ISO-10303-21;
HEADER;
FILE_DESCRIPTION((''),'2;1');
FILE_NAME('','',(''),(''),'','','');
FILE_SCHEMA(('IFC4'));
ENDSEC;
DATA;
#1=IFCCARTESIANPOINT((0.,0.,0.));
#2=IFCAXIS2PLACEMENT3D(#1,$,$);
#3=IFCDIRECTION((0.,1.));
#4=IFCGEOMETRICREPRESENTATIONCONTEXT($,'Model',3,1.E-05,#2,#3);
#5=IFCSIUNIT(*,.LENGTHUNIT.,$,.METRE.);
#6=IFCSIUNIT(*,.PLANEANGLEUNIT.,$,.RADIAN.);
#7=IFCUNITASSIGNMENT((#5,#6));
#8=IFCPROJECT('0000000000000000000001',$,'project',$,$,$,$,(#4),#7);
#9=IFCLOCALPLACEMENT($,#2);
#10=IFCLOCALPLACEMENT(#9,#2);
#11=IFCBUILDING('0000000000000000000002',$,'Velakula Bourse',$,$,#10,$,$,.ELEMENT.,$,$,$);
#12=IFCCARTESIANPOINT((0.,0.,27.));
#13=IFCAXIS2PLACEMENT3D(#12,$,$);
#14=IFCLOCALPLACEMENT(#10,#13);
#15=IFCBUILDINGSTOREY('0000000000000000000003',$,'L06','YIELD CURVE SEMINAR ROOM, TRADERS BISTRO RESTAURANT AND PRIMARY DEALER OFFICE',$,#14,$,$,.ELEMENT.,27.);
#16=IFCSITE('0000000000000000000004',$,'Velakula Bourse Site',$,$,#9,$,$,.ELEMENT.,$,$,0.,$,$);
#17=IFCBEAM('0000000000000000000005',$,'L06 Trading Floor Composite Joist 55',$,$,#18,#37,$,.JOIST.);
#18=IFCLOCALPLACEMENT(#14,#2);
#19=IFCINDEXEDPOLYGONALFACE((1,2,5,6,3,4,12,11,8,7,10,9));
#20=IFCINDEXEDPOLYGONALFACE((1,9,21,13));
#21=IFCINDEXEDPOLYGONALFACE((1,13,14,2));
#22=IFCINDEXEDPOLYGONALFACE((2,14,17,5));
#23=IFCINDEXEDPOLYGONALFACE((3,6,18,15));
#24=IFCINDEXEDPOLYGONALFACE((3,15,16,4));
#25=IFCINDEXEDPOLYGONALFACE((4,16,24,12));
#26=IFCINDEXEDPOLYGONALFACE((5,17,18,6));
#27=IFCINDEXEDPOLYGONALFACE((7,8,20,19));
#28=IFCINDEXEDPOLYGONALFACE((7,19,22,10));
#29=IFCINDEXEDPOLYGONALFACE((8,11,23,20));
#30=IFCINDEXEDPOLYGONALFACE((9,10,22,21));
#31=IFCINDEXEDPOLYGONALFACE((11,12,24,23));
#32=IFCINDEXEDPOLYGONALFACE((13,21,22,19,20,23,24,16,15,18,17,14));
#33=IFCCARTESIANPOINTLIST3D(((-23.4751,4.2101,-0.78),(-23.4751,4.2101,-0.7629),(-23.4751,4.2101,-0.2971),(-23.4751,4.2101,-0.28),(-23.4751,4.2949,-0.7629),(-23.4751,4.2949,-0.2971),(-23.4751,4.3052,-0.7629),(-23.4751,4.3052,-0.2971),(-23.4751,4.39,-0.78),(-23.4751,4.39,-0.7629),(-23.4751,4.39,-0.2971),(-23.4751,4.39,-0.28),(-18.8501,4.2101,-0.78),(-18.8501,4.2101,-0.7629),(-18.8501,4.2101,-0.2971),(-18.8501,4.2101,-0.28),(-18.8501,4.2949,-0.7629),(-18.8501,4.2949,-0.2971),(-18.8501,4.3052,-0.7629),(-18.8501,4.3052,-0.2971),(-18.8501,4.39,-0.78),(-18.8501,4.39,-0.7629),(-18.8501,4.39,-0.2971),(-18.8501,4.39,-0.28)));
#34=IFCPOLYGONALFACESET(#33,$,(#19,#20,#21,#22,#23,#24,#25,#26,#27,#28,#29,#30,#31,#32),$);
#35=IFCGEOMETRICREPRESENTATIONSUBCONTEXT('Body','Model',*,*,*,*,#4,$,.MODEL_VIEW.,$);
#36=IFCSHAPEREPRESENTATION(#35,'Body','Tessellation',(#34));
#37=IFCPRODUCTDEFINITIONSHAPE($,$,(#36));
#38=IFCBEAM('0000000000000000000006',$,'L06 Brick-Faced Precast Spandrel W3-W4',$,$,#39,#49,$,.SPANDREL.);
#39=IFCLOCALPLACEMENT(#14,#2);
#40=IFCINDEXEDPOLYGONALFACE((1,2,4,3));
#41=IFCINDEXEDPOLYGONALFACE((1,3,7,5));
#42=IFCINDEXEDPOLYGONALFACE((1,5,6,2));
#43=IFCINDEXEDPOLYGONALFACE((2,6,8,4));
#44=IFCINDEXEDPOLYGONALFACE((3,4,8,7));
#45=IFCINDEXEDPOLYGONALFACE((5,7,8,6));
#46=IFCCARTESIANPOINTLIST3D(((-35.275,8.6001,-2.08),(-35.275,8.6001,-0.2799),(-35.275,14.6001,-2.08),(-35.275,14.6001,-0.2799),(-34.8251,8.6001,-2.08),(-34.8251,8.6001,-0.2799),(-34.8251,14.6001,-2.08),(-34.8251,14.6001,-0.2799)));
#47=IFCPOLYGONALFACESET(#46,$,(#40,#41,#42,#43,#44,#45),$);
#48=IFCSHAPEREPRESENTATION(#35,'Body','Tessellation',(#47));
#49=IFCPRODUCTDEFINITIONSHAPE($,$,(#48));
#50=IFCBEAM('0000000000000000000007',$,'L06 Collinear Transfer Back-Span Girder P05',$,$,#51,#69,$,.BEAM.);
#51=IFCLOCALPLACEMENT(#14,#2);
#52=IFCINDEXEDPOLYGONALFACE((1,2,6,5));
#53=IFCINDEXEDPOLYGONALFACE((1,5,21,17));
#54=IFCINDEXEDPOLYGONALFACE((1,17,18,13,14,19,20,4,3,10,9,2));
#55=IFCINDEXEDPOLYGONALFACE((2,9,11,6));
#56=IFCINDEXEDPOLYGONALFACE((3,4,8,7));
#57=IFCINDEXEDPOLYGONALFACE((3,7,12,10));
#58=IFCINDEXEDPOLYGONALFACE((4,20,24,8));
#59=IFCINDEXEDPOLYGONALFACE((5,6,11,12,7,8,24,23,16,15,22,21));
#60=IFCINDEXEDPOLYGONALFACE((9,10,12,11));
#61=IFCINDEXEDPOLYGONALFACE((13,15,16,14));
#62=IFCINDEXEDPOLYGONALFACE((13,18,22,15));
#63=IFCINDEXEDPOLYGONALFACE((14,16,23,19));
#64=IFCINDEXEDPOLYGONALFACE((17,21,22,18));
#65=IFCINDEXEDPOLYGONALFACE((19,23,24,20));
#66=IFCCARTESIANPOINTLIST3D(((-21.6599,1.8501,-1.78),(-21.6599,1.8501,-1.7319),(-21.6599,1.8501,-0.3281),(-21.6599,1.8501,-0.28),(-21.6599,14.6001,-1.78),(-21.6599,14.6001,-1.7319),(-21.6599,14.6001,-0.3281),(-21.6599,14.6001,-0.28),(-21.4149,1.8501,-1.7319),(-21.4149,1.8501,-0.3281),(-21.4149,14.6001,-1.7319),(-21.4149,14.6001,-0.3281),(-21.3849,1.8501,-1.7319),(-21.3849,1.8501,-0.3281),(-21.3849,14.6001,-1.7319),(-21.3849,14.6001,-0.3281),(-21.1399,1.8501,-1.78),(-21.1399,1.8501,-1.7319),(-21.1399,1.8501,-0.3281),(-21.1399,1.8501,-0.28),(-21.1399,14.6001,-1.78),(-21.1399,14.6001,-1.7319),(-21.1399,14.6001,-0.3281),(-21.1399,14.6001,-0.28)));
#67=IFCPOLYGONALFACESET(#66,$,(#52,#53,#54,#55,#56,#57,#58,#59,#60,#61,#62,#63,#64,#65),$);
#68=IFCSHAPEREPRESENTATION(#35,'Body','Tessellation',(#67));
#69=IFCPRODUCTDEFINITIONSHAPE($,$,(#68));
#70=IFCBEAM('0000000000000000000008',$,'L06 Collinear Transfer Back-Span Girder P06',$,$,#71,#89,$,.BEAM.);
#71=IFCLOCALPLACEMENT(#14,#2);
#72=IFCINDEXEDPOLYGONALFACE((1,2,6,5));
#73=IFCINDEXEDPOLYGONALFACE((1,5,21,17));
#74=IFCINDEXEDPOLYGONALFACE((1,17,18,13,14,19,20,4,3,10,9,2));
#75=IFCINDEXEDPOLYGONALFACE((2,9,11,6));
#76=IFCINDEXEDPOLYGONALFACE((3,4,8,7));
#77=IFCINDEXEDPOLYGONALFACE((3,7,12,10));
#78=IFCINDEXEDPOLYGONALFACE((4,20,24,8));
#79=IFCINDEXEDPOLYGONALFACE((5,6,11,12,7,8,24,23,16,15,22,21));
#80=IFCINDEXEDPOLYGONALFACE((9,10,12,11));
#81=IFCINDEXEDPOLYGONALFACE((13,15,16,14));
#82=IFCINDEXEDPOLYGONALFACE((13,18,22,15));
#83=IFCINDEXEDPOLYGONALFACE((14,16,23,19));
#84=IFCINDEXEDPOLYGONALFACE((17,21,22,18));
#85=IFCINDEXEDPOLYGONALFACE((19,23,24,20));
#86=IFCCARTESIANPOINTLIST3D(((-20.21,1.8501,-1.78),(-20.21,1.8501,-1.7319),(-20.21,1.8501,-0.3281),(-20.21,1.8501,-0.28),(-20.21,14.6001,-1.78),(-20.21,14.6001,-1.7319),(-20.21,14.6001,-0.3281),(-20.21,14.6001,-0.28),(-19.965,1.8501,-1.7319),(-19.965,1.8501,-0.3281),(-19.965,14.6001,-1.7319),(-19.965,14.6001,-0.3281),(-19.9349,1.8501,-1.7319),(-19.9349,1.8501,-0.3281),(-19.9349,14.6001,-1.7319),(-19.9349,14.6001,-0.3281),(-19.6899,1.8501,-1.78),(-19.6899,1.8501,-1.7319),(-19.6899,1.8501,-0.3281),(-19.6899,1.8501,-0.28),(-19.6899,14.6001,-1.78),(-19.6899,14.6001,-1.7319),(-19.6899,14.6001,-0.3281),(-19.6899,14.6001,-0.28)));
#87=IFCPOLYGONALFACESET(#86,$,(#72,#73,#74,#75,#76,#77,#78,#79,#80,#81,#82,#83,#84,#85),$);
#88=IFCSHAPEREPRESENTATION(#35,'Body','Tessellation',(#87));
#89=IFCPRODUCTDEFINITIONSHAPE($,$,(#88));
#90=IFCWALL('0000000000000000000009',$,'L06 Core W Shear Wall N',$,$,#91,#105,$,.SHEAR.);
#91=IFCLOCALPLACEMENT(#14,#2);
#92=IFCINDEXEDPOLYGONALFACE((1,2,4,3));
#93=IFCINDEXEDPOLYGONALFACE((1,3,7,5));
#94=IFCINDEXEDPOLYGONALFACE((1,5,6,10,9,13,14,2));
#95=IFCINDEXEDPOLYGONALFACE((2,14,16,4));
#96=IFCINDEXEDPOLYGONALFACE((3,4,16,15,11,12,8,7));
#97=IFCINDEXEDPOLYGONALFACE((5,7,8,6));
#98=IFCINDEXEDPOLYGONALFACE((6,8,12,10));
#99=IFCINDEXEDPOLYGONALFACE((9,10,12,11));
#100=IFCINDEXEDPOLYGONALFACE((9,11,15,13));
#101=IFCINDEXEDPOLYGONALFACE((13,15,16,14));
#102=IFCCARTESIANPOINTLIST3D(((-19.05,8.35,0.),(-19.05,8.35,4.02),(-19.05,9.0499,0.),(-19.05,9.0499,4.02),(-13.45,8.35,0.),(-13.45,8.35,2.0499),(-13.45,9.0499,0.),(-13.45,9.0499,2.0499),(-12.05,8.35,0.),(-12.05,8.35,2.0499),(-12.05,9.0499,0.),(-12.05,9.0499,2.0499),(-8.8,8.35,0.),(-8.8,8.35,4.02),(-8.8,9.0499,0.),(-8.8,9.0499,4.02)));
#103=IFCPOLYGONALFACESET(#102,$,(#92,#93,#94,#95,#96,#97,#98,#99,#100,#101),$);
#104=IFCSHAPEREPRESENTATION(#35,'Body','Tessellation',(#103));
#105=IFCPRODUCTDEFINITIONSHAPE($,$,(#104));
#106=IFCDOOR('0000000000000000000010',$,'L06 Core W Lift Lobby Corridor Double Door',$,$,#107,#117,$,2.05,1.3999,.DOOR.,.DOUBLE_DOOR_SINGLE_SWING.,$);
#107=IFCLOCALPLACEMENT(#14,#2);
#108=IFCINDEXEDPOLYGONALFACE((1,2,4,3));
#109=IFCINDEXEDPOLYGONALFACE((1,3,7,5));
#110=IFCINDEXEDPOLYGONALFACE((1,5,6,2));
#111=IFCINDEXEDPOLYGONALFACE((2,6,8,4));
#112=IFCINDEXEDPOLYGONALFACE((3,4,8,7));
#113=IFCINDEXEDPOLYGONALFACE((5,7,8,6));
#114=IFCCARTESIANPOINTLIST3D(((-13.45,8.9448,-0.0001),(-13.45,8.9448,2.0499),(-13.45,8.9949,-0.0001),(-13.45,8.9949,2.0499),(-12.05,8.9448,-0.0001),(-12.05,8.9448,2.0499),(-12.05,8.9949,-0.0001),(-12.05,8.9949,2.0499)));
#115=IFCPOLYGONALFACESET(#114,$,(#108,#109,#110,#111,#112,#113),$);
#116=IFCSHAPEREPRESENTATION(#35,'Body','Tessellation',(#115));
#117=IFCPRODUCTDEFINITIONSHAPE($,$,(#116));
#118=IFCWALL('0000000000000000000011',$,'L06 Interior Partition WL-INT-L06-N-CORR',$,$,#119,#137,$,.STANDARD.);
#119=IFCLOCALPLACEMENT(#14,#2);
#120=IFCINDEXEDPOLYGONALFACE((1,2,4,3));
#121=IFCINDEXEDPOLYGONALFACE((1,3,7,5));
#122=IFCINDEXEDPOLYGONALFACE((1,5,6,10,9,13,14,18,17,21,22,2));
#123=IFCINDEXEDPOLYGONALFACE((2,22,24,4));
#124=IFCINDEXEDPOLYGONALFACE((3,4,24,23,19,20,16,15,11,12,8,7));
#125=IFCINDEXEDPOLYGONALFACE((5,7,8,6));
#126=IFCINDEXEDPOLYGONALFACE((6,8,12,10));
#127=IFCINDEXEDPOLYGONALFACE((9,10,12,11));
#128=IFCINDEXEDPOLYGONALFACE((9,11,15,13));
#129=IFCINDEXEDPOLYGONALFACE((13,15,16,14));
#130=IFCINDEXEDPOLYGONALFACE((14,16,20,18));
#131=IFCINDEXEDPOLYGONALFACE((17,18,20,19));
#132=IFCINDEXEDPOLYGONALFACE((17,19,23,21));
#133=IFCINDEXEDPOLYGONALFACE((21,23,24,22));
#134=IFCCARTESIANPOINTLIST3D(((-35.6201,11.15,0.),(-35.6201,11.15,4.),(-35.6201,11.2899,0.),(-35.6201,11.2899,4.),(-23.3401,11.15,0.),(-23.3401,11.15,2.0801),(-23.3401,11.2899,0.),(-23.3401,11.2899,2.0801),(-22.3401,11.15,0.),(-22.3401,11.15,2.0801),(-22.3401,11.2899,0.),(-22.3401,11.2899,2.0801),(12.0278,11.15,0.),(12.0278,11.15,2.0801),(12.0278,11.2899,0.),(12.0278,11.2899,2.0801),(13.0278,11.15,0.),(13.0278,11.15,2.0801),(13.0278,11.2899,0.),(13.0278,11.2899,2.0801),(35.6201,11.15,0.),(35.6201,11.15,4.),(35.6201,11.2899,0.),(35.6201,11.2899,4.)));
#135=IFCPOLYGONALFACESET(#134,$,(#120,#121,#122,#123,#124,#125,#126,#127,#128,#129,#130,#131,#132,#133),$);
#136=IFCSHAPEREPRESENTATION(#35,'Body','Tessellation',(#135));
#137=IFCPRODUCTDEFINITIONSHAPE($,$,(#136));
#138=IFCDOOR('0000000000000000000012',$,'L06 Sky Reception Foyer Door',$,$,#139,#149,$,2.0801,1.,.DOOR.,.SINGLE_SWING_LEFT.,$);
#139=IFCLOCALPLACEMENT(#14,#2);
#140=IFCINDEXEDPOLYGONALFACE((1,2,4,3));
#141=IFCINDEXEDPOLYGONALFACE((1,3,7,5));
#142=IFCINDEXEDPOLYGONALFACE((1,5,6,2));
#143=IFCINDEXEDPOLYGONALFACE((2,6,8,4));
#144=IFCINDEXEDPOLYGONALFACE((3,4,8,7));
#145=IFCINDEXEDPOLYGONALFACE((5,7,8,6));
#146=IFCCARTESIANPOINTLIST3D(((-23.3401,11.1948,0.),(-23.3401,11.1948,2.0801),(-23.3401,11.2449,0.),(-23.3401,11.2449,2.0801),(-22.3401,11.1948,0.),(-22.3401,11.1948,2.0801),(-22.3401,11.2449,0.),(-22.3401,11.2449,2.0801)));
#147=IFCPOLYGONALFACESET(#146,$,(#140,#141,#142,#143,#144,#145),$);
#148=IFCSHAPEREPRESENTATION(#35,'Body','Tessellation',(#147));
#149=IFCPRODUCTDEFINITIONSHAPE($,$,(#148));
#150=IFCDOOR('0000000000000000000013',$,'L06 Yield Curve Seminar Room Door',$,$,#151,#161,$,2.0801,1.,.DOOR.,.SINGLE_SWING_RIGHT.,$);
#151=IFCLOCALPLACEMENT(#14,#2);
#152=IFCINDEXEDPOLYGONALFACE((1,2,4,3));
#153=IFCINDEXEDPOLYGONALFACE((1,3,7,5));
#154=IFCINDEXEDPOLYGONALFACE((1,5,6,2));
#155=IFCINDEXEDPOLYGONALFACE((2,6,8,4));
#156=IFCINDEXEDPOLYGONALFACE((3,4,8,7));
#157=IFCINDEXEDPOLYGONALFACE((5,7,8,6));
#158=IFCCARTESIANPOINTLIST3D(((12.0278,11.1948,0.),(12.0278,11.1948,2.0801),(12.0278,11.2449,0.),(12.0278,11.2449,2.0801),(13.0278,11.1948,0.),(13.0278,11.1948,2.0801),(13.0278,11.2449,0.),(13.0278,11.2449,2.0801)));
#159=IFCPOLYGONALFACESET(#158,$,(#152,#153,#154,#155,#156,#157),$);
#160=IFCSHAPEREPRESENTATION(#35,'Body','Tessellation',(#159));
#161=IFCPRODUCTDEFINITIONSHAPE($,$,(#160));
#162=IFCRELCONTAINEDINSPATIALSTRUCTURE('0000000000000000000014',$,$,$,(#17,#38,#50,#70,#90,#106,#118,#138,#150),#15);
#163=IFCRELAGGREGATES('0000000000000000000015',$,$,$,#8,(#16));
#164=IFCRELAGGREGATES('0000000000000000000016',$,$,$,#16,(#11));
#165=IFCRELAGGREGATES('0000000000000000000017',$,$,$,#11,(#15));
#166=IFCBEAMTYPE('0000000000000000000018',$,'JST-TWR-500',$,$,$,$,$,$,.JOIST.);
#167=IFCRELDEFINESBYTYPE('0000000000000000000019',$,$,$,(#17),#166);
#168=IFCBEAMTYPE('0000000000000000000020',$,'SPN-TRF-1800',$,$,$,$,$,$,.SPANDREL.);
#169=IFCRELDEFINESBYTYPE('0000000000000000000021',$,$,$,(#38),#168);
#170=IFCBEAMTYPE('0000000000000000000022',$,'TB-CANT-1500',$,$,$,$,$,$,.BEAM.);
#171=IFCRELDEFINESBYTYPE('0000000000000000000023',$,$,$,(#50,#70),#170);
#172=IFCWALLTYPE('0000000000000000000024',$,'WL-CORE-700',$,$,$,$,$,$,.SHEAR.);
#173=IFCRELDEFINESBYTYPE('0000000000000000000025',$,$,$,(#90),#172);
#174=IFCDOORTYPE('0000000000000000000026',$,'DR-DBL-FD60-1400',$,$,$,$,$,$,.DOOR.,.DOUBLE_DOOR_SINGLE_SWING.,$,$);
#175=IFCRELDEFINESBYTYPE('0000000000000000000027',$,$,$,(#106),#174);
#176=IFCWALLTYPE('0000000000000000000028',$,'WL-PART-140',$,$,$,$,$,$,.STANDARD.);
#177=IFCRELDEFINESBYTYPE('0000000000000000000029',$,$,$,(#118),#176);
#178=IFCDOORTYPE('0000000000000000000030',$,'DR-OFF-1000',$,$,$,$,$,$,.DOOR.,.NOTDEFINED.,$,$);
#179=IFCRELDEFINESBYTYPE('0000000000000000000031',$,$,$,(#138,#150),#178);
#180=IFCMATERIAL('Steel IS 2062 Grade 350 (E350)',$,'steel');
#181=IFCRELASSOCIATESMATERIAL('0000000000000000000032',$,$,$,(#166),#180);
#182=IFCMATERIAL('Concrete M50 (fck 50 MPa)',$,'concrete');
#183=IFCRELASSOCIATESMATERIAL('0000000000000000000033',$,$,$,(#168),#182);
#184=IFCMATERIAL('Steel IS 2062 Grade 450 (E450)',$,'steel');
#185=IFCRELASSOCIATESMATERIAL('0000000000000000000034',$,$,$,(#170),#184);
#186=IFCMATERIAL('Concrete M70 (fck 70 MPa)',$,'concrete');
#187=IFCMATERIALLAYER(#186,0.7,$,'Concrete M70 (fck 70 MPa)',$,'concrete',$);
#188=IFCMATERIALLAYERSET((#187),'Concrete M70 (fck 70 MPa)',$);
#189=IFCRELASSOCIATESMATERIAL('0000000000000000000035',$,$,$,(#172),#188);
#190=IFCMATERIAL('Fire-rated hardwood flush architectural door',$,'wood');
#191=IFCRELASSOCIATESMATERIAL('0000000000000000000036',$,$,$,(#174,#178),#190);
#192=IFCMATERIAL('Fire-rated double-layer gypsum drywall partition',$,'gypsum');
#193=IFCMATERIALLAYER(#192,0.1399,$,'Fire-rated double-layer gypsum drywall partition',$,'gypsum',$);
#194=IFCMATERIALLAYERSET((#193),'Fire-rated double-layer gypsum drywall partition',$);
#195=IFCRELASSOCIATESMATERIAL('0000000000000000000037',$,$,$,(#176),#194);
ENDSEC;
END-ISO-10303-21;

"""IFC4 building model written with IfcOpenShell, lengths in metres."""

from ifc_helpers import new_model, si_unit, direction, frame, frame_2d, origin, origin_2d, place, context, subcontext, project, spatial, rectangle, i_section, extrude, material, layer, layer_set, material_profile, profile_set, type_object, element, fill, save


model = new_model("IFC4")

# Units and contexts
model_context = context("Model", 3, precision=1e-05, world=origin(), true_north=direction((0.0, 1.0)))
body_context = subcontext(model_context, "Body", "Model", "MODEL_VIEW")
ifc_project = project(units=[si_unit("LENGTHUNIT", "METRE"), si_unit("PLANEANGLEUNIT", "RADIAN")], contexts=[model_context])

# Site, building, storey
site_placement = place(None, origin())
site = spatial("IfcSite", under=ifc_project, at=site_placement, Name="Velakula Bourse Site", CompositionType="ELEMENT", RefElevation=0.0)
building_placement = place(site_placement, origin())
building = spatial("IfcBuilding", under=site, at=building_placement, Name="Velakula Bourse", CompositionType="ELEMENT")
storey_placement = place(building_placement, frame((0.0, 0.0, 27.0)))
storey = spatial("IfcBuildingStorey", under=building, at=storey_placement, Name="L06", Description="YIELD CURVE SEMINAR ROOM, TRADERS BISTRO RESTAURANT AND PRIMARY DEALER OFFICE", CompositionType="ELEMENT", Elevation=27.0)

# Shared definitions
ifc_material_1 = material(Name="Concrete M70 (fck 70 MPa)", Category="concrete")
ifc_material_2 = material(Name="Steel IS 2062 Grade 450 (E450)", Category="steel")

# Beams
ifc_material_3 = material(Name="Steel IS 2062 Grade 350 (E350)", Category="steel")
ifc_material_profile_1 = material_profile(ifc_material_3, i_section(OverallWidth=0.1799, OverallDepth=0.5, WebThickness=0.0103, FlangeThickness=0.0171, at=origin_2d()), Name="Steel IS 2062 Grade 350 (E350)")
ifc_profile_set_1 = profile_set([ifc_material_profile_1], Name="Steel IS 2062 Grade 350 (E350)")
beam_type_1 = type_object("IfcBeamType", Name="JST-TWR-500", PredefinedType="JOIST", material=ifc_profile_set_1)
beam_1_placement = place(storey_placement, frame((-23.4751, 4.3, -0.53), z_axis=(1.0, 0.0, 0.0), x_axis=(0.0, 1.0, 0.0)))
element("IfcBeam", 1, at=beam_1_placement, inside=storey, type_object=beam_type_1, Name="L06 Trading Floor Composite Joist 55", PredefinedType="JOIST", context=body_context, shape_type="SweptSolid", body=[
    extrude(i_section(OverallWidth=0.1799, OverallDepth=0.5, WebThickness=0.0103, FlangeThickness=0.0171, at=origin_2d()), origin(), (0.0, 0.0, 1.0), 4.625),
])
ifc_material_4 = material(Name="Concrete M50 (fck 50 MPa)", Category="concrete")
ifc_material_profile_2 = material_profile(ifc_material_4, rectangle(XDim=0.45, YDim=1.8, at=origin_2d()), Name="Concrete M50 (fck 50 MPa)")
ifc_profile_set_2 = profile_set([ifc_material_profile_2], Name="Concrete M50 (fck 50 MPa)")
beam_type_2 = type_object("IfcBeamType", Name="SPN-TRF-1800", PredefinedType="SPANDREL", material=ifc_profile_set_2)
beam_2_placement = place(storey_placement, frame((-35.05, 8.6001, -1.1799), z_axis=(0.0, 1.0, 0.0), x_axis=(-1.0, 0.0, 0.0)))
element("IfcBeam", 2, at=beam_2_placement, inside=storey, type_object=beam_type_2, Name="L06 Brick-Faced Precast Spandrel W3-W4", PredefinedType="SPANDREL", context=body_context, shape_type="SweptSolid", body=[
    extrude(rectangle(XDim=0.45, YDim=1.8, at=origin_2d()), origin(), (0.0, 0.0, 1.0), 6.0),
])
ifc_material_profile_3 = material_profile(ifc_material_2, i_section(OverallWidth=0.52, OverallDepth=1.5, WebThickness=0.03, FlangeThickness=0.0481, at=origin_2d()), Name="Steel IS 2062 Grade 450 (E450)")
ifc_profile_set_3 = profile_set([ifc_material_profile_3], Name="Steel IS 2062 Grade 450 (E450)")
beam_type_3 = type_object("IfcBeamType", Name="TB-CANT-1500", PredefinedType="BEAM", material=ifc_profile_set_3)
for number, where, z_axis, x_axis, name in (
    (3, (-21.3999, 1.8501, -1.03), (0.0, 1.0, 0.0), (-1.0, 0.0, 0.0), "L06 Collinear Transfer Back-Span Girder P05"),
    (4, (-19.95, 1.8501, -1.03), (0.0, 1.0, 0.0), (-1.0, 0.0, 0.0), "L06 Collinear Transfer Back-Span Girder P06"),
):
    element("IfcBeam", number, at=place(storey_placement, frame(where, z_axis=z_axis, x_axis=x_axis)), inside=storey, type_object=beam_type_3, Name=name, PredefinedType="BEAM", context=body_context, shape_type="SweptSolid", body=[
        extrude(i_section(OverallWidth=0.52, OverallDepth=1.5, WebThickness=0.03, FlangeThickness=0.0481, at=origin_2d()), origin(), (0.0, 0.0, 1.0), 12.75),
    ])

# Wall, opening, door
ifc_layer_1 = layer(ifc_material_1, 0.7, Name="Concrete M70 (fck 70 MPa)", Category="concrete")
ifc_layer_set_1 = layer_set([ifc_layer_1], Name="Concrete M70 (fck 70 MPa)")
wall_type_1 = type_object("IfcWallType", Name="WL-CORE-700", PredefinedType="SHEAR", material=ifc_layer_set_1)
wall_1_placement = place(storey_placement, frame((-19.05, 8.7, 0.0), z_axis=(0.0, 0.0, 1.0), x_axis=(1.0, 0.0, 0.0)))
wall_1 = element("IfcWall", 5, at=wall_1_placement, inside=storey, type_object=wall_type_1, Name="L06 Core W Shear Wall N", PredefinedType="SHEAR", context=body_context, shape_type="SweptSolid", body=[
    extrude(rectangle(XDim=10.25, YDim=0.7, at=frame_2d((5.125, 0.0))), origin(), (0.0, 0.0, 1.0), 4.02),
])
opening_1_placement = place(wall_1_placement, frame((5.6001, 0.0, 0.0)))
opening_1 = element("IfcOpeningElement", 6, at=opening_1_placement, cuts=wall_1, PredefinedType="OPENING", context=body_context, shape_type="SweptSolid", body=[
    extrude(rectangle(XDim=1.3999, YDim=2.05, at=frame_2d((0.7, 1.0249))), frame((0.0, 0.3599, 0.0), z_axis=(0.0, -1.0, 0.0), x_axis=(1.0, 0.0, 0.0)), (0.0, 0.0, 1.0), 0.72),
])
ifc_material_5 = material(Name="Fire-rated hardwood flush architectural door", Category="wood")
door_type_1 = type_object("IfcDoorType", Name="DR-DBL-FD60-1400", OperationType="DOUBLE_DOOR_SINGLE_SWING", PredefinedType="DOOR", material=ifc_material_5)
door_1_placement = place(opening_1_placement, origin())
door_1 = element("IfcDoor", 7, at=door_1_placement, inside=storey, type_object=door_type_1, Name="L06 Core W Lift Lobby Corridor Double Door", OperationType="DOUBLE_DOOR_SINGLE_SWING", OverallHeight=2.05, OverallWidth=1.3999, PredefinedType="DOOR", context=body_context, shape_type="SweptSolid", body=[
    extrude(rectangle(XDim=1.3999, YDim=2.05, at=frame_2d((0.7, 1.0249))), frame((0.0, 0.2949, 0.0), z_axis=(0.0, -1.0, 0.0), x_axis=(1.0, 0.0, 0.0)), (0.0, 0.0, 1.0), 0.05),
])
fill(opening_1, door_1)

# Wall, openings, doors
ifc_material_6 = material(Name="Fire-rated double-layer gypsum drywall partition", Category="gypsum")
ifc_layer_2 = layer(ifc_material_6, 0.1399, Name="Fire-rated double-layer gypsum drywall partition", Category="gypsum")
ifc_layer_set_2 = layer_set([ifc_layer_2], Name="Fire-rated double-layer gypsum drywall partition")
wall_type_2 = type_object("IfcWallType", Name="WL-PART-140", PredefinedType="STANDARD", material=ifc_layer_set_2)
wall_2_placement = place(storey_placement, frame((-35.6201, 11.22, 0.0), z_axis=(0.0, 0.0, 1.0), x_axis=(1.0, 0.0, 0.0)))
wall_2 = element("IfcWall", 8, at=wall_2_placement, inside=storey, type_object=wall_type_2, Name="L06 Interior Partition WL-INT-L06-N-CORR", PredefinedType="STANDARD", context=body_context, shape_type="SweptSolid", body=[
    extrude(rectangle(XDim=71.2402, YDim=0.1399, at=frame_2d((35.6201, 0.0))), origin(), (0.0, 0.0, 1.0), 4.0),
])
opening_2_placement = place(wall_2_placement, frame((12.28, 0.0, 0.0)))
opening_2 = element("IfcOpeningElement", 9, at=opening_2_placement, cuts=wall_2, PredefinedType="OPENING", context=body_context, shape_type="SweptSolid", body=[
    extrude(rectangle(XDim=1.0, YDim=2.0801, at=frame_2d((0.5, 1.04))), frame((0.0, 0.0798, 0.0), z_axis=(0.0, -1.0, 0.0), x_axis=(1.0, 0.0, 0.0)), (0.0, 0.0, 1.0), 0.1599),
])
opening_3_placement = place(wall_2_placement, frame((47.6479, 0.0, 0.0)))
opening_3 = element("IfcOpeningElement", 10, at=opening_3_placement, cuts=wall_2, PredefinedType="OPENING", context=body_context, shape_type="SweptSolid", body=[
    extrude(rectangle(XDim=1.0, YDim=2.0801, at=frame_2d((0.5, 1.04))), frame((0.0, 0.0798, 0.0), z_axis=(0.0, -1.0, 0.0), x_axis=(1.0, 0.0, 0.0)), (0.0, 0.0, 1.0), 0.1599),
])
door_type_2 = type_object("IfcDoorType", Name="DR-OFF-1000", OperationType="NOTDEFINED", PredefinedType="DOOR", material=ifc_material_5)
door_2_placement = place(opening_2_placement, origin())
door_2 = element("IfcDoor", 11, at=door_2_placement, inside=storey, type_object=door_type_2, Name="L06 Sky Reception Foyer Door", OperationType="SINGLE_SWING_LEFT", OverallHeight=2.0801, OverallWidth=1.0, PredefinedType="DOOR", context=body_context, shape_type="SweptSolid", body=[
    extrude(rectangle(XDim=1.0, YDim=2.0801, at=frame_2d((0.5, 1.04))), frame((0.0, 0.0249, 0.0), z_axis=(0.0, -1.0, 0.0), x_axis=(1.0, 0.0, 0.0)), (0.0, 0.0, 1.0), 0.05),
])
fill(opening_2, door_2)
door_3_placement = place(opening_3_placement, origin())
door_3 = element("IfcDoor", 12, at=door_3_placement, inside=storey, type_object=door_type_2, Name="L06 Yield Curve Seminar Room Door", OperationType="SINGLE_SWING_RIGHT", OverallHeight=2.0801, OverallWidth=1.0, PredefinedType="DOOR", context=body_context, shape_type="SweptSolid", body=[
    extrude(rectangle(XDim=1.0, YDim=2.0801, at=frame_2d((0.5, 1.04))), frame((0.0, 0.0249, 0.0), z_axis=(0.0, -1.0, 0.0), x_axis=(1.0, 0.0, 0.0)), (0.0, 0.0, 1.0), 0.05),
])
fill(opening_3, door_3)

save(model, "model.ifc")
